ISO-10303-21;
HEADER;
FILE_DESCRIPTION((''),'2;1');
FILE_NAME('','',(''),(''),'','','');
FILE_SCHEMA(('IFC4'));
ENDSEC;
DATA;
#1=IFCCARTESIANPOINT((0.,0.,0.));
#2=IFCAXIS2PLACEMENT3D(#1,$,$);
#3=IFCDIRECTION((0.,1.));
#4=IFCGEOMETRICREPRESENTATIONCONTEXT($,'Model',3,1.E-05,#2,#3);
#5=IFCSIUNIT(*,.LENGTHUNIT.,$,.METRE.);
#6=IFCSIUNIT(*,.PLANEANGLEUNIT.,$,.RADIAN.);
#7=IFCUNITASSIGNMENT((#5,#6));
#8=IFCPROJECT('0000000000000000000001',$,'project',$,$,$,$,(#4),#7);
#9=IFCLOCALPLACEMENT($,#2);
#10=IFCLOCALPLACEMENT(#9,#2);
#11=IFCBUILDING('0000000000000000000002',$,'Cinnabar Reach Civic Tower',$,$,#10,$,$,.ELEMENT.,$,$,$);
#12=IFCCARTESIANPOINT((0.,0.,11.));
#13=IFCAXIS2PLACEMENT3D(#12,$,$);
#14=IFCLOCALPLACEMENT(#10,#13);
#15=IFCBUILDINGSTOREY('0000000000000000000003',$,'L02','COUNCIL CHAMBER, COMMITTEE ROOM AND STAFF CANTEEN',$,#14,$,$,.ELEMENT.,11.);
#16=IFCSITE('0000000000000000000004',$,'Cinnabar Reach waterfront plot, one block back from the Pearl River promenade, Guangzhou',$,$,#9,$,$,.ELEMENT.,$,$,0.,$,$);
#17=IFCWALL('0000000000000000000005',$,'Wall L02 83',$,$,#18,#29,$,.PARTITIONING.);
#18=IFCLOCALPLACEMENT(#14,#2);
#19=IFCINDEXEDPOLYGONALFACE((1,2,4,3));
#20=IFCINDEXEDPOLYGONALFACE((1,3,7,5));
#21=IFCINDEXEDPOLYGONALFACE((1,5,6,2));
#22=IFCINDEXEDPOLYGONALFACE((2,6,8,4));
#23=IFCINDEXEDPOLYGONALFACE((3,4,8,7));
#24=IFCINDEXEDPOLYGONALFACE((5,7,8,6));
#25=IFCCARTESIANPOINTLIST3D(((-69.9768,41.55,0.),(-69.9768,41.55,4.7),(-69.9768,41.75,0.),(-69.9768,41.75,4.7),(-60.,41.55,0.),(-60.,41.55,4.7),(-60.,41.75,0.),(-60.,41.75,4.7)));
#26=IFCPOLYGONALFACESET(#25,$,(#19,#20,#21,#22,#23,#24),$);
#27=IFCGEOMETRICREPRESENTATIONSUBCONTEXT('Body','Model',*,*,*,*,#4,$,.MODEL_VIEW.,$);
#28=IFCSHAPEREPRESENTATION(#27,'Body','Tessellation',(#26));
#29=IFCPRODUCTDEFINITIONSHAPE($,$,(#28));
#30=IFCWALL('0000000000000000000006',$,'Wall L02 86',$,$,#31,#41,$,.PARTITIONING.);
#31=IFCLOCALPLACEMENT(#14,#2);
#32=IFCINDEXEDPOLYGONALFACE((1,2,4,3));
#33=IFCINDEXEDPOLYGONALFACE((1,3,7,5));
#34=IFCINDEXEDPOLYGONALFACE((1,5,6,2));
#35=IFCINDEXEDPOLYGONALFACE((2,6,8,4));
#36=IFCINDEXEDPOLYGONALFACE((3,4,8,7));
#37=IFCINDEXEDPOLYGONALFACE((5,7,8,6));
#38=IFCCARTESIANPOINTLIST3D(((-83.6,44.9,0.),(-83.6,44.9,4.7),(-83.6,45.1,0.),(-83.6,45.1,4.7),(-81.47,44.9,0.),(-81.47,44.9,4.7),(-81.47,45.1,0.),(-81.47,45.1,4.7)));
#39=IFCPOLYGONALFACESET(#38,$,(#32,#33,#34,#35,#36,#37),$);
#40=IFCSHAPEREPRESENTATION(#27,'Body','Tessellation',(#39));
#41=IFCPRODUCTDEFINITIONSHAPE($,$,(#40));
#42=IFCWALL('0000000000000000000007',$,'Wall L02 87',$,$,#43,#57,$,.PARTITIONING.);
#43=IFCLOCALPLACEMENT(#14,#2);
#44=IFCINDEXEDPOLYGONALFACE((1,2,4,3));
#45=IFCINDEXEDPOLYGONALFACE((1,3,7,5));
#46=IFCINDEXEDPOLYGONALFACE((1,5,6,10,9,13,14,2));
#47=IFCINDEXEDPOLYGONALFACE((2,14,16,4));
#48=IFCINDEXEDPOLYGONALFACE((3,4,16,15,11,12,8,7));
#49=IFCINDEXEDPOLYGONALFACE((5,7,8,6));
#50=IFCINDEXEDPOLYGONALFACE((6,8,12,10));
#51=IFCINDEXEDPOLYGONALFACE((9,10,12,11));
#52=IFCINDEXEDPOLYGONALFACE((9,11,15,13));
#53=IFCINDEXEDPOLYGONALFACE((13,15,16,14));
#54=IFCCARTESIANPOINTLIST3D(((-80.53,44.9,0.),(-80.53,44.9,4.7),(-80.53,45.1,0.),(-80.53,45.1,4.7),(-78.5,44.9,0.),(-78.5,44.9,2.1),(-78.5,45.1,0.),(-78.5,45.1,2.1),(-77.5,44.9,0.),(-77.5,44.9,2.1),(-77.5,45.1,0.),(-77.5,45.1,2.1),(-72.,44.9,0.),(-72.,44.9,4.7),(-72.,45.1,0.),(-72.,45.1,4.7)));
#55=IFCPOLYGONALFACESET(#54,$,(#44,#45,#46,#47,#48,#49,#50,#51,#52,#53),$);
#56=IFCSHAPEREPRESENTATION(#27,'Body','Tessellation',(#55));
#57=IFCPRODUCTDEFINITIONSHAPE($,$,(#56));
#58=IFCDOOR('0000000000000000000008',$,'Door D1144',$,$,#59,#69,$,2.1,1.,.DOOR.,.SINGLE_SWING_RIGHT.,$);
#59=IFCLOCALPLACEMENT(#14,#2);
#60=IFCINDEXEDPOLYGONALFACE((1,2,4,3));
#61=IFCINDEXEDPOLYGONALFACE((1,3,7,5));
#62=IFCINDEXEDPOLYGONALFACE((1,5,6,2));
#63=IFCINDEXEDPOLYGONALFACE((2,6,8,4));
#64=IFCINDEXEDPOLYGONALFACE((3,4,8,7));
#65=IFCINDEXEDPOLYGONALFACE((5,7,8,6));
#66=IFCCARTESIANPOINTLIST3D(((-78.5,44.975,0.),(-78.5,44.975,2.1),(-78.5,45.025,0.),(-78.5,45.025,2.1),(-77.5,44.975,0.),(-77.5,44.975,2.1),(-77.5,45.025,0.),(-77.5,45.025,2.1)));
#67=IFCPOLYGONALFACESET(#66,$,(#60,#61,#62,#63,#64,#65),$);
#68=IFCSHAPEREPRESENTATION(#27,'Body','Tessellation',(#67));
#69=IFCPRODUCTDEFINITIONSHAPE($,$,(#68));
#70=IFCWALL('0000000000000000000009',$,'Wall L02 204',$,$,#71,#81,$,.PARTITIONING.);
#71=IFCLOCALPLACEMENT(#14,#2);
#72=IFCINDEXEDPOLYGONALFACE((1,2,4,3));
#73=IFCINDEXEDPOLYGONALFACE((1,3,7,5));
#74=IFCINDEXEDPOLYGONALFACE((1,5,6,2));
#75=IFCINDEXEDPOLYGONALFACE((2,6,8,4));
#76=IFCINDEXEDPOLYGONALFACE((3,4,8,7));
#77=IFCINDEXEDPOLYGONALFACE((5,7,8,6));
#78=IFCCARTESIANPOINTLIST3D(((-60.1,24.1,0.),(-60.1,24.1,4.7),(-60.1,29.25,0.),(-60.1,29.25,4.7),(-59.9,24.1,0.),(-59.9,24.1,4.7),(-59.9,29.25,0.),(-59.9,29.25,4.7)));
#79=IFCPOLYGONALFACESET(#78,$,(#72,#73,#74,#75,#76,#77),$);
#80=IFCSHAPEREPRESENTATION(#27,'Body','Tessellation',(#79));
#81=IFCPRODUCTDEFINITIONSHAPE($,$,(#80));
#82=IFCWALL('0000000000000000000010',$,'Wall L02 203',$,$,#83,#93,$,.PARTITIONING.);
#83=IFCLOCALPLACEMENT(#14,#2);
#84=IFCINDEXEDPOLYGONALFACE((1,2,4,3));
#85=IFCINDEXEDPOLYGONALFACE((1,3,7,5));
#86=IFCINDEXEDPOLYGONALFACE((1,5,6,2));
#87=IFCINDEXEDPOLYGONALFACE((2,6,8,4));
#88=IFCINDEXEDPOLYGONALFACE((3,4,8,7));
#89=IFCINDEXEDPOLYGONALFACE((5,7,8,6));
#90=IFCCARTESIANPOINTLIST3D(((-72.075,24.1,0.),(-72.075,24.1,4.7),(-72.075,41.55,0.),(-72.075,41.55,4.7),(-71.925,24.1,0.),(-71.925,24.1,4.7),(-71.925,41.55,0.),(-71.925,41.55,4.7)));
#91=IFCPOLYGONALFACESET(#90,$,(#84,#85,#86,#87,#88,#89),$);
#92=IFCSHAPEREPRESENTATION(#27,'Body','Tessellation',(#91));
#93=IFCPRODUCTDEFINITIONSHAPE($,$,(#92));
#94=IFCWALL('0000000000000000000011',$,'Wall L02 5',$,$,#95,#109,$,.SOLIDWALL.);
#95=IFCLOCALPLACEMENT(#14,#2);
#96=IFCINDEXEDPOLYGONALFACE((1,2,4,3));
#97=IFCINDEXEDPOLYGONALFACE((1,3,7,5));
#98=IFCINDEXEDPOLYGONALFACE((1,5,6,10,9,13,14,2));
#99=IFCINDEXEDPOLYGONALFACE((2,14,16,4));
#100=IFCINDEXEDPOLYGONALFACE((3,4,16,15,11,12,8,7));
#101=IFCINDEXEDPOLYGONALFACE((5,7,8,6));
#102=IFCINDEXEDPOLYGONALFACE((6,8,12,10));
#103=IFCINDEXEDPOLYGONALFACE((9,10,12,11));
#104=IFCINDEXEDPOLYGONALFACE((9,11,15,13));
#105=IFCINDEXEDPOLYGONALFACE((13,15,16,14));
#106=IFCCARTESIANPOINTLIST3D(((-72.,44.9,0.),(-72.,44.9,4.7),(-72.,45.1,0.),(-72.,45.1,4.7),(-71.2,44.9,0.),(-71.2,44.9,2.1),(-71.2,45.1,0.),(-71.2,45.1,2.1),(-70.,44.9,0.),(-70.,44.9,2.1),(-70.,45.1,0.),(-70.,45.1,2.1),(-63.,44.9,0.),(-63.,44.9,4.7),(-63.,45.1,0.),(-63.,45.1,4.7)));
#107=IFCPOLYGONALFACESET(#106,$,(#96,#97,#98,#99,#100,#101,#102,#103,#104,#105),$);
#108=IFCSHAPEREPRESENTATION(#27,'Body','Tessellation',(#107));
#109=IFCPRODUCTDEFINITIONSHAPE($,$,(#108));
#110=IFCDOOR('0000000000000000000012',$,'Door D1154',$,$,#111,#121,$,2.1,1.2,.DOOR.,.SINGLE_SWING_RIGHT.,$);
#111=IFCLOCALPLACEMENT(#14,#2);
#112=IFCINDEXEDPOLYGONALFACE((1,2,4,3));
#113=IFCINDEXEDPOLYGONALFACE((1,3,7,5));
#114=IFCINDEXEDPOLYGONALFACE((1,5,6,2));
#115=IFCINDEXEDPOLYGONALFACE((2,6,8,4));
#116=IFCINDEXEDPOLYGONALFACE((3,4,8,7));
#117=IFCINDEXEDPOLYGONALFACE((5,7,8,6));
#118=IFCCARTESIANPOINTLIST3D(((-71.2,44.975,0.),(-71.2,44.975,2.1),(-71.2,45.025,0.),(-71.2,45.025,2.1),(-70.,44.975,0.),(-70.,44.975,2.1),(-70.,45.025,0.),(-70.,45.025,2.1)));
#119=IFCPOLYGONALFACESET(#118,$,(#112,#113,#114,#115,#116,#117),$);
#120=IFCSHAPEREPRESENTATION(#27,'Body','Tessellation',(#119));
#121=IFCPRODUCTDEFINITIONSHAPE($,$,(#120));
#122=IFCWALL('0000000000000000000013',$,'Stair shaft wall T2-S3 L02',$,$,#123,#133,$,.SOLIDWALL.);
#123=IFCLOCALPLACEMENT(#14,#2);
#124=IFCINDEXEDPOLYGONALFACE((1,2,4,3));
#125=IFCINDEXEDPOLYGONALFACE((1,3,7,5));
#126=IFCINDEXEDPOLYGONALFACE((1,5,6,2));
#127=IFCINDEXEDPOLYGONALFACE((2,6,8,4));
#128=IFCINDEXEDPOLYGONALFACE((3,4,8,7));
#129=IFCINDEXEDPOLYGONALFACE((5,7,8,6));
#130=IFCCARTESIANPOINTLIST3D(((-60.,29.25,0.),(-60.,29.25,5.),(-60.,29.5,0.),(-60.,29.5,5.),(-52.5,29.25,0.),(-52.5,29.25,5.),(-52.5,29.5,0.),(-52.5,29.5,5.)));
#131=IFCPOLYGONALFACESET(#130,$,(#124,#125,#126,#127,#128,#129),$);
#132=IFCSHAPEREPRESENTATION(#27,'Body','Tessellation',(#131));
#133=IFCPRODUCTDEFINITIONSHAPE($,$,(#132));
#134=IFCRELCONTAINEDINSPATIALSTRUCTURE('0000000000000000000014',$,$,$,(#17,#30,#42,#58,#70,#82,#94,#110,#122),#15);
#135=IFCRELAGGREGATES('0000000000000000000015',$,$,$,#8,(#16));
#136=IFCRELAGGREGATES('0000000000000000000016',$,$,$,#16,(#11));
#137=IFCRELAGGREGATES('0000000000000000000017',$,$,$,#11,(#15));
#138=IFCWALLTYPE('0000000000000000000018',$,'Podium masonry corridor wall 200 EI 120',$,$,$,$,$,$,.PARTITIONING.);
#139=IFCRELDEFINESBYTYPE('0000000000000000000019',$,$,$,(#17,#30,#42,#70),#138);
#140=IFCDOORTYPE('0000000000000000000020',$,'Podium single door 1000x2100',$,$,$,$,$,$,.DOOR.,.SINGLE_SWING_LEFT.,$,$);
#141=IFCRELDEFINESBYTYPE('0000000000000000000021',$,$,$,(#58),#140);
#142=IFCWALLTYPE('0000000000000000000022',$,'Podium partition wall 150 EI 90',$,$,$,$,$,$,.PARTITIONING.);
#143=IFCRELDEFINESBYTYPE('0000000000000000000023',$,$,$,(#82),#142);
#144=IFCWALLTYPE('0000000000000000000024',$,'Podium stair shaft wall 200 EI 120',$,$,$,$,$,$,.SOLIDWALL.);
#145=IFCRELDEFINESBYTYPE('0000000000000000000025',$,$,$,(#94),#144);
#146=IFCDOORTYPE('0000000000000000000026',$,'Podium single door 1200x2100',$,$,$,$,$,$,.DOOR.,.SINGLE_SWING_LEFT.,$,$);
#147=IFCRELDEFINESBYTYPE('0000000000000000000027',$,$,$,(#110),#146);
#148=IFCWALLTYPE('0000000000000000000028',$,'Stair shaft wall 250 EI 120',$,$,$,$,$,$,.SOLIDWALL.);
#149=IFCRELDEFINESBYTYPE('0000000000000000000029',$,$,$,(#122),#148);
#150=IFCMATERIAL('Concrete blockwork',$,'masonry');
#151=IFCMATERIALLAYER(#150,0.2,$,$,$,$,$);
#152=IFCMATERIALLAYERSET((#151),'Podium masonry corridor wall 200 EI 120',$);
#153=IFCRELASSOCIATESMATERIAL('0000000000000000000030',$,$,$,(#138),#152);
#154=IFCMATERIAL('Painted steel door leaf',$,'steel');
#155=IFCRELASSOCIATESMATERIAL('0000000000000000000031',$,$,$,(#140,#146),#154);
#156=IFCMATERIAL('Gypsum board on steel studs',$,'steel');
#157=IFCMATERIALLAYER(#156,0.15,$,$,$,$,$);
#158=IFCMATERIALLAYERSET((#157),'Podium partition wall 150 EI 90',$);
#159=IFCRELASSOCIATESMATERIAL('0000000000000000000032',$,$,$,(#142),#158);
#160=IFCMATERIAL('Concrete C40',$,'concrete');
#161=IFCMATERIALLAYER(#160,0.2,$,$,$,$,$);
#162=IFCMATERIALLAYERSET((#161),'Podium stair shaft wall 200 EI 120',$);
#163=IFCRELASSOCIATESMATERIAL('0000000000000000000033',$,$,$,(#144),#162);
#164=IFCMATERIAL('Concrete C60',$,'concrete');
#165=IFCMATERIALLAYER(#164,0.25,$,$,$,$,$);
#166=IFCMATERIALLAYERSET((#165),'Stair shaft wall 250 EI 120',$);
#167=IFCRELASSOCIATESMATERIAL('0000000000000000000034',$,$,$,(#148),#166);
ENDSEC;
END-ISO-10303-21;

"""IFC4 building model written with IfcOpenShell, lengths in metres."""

from ifc_helpers import new_model, si_unit, direction, frame, frame_2d, origin, place, context, subcontext, project, spatial, rectangle, extrude, material, layer, layer_set, type_object, element, fill, save


model = new_model("IFC4")

# Units and contexts
model_context = context("Model", 3, precision=1e-05, world=origin(), true_north=direction((0.0, 1.0)))
body_context = subcontext(model_context, "Body", "Model", "MODEL_VIEW")
ifc_project = project(units=[si_unit("LENGTHUNIT", "METRE"), si_unit("PLANEANGLEUNIT", "RADIAN")], contexts=[model_context])

# Site, building, storey
site_placement = place(None, origin())
site = spatial("IfcSite", under=ifc_project, at=site_placement, Name="Cinnabar Reach waterfront plot, one block back from the Pearl River promenade, Guangzhou", CompositionType="ELEMENT", RefElevation=0.0)
building_placement = place(site_placement, origin())
building = spatial("IfcBuilding", under=site, at=building_placement, Name="Cinnabar Reach Civic Tower", CompositionType="ELEMENT")
storey_placement = place(building_placement, frame((0.0, 0.0, 11.0)))
storey = spatial("IfcBuildingStorey", under=building, at=storey_placement, Name="L02", Description="COUNCIL CHAMBER, COMMITTEE ROOM AND STAFF CANTEEN", CompositionType="ELEMENT", Elevation=11.0)

# Shared definitions
ifc_material_1 = material(Name="Concrete C60", Category="concrete")

# Shared definitions
ifc_material_2 = material(Name="Concrete blockwork", Category="masonry")
ifc_layer_1 = layer(ifc_material_2, 0.2)
ifc_layer_set_1 = layer_set([ifc_layer_1], Name="Podium masonry corridor wall 200 EI 120")
wall_type_1 = type_object("IfcWallType", Name="Podium masonry corridor wall 200 EI 120", PredefinedType="PARTITIONING", material=ifc_layer_set_1)
ifc_material_3 = material(Name="Painted steel door leaf", Category="steel")
door_type_1 = type_object("IfcDoorType", Name="Podium single door 1000x2100", OperationType="SINGLE_SWING_LEFT", PredefinedType="DOOR", material=ifc_material_3)

# Walls
wall_1_placement = place(storey_placement, frame((-69.9769, 41.65, 0.0), z_axis=(0.0, 0.0, 1.0), x_axis=(1.0, 0.0, 0.0)))
element("IfcWall", 1, at=wall_1_placement, inside=storey, type_object=wall_type_1, Name="Wall L02 83", PredefinedType="PARTITIONING", context=body_context, shape_type="SweptSolid", body=[
    extrude(rectangle(XDim=9.9769, YDim=0.2, at=frame_2d((4.9885, 0.0))), origin(), (0.0, 0.0, 1.0), 4.7),
])
wall_2_placement = place(storey_placement, frame((-83.6, 45.0, 0.0), z_axis=(0.0, 0.0, 1.0), x_axis=(1.0, 0.0, 0.0)))
element("IfcWall", 2, at=wall_2_placement, inside=storey, type_object=wall_type_1, Name="Wall L02 86", PredefinedType="PARTITIONING", context=body_context, shape_type="SweptSolid", body=[
    extrude(rectangle(XDim=2.13, YDim=0.2, at=frame_2d((1.065, 0.0))), origin(), (0.0, 0.0, 1.0), 4.7),
])

# Wall, opening, door
wall_3_placement = place(storey_placement, frame((-80.53, 45.0, 0.0), z_axis=(0.0, 0.0, 1.0), x_axis=(1.0, 0.0, 0.0)))
wall_3 = element("IfcWall", 3, at=wall_3_placement, inside=storey, type_object=wall_type_1, Name="Wall L02 87", PredefinedType="PARTITIONING", context=body_context, shape_type="SweptSolid", body=[
    extrude(rectangle(XDim=8.53, YDim=0.2, at=frame_2d((4.265, 0.0))), origin(), (0.0, 0.0, 1.0), 4.7),
])
opening_1_placement = place(wall_3_placement, frame((2.03, 0.0, 0.0)))
opening_1 = element("IfcOpeningElement", 4, at=opening_1_placement, cuts=wall_3, PredefinedType="OPENING", context=body_context, shape_type="SweptSolid", body=[
    extrude(rectangle(XDim=1.0, YDim=2.1, at=frame_2d((0.5, 1.05))), frame((0.0, 0.11, 0.0), z_axis=(0.0, -1.0, 0.0), x_axis=(1.0, 0.0, 0.0)), (0.0, 0.0, 1.0), 0.22),
])
door_1_placement = place(opening_1_placement, origin())
door_1 = element("IfcDoor", 5, at=door_1_placement, inside=storey, type_object=door_type_1, Name="Door D1144", OperationType="SINGLE_SWING_RIGHT", OverallHeight=2.1, OverallWidth=1.0, PredefinedType="DOOR", context=body_context, shape_type="SweptSolid", body=[
    extrude(rectangle(XDim=1.0, YDim=2.1, at=frame_2d((0.5, 1.05))), frame((0.0, 0.025, 0.0), z_axis=(0.0, -1.0, 0.0), x_axis=(1.0, 0.0, 0.0)), (0.0, 0.0, 1.0), 0.05),
])
fill(opening_1, door_1)

# Walls
wall_4_placement = place(storey_placement, frame((-60.0, 24.1, 0.0), z_axis=(0.0, 0.0, 1.0), x_axis=(0.0, 1.0, 0.0)))
element("IfcWall", 6, at=wall_4_placement, inside=storey, type_object=wall_type_1, Name="Wall L02 204", PredefinedType="PARTITIONING", context=body_context, shape_type="SweptSolid", body=[
    extrude(rectangle(XDim=5.15, YDim=0.2, at=frame_2d((2.575, 0.0))), origin(), (0.0, 0.0, 1.0), 4.7),
])
ifc_material_4 = material(Name="Gypsum board on steel studs", Category="steel")
ifc_layer_2 = layer(ifc_material_4, 0.15)
ifc_layer_set_2 = layer_set([ifc_layer_2], Name="Podium partition wall 150 EI 90")
wall_type_2 = type_object("IfcWallType", Name="Podium partition wall 150 EI 90", PredefinedType="PARTITIONING", material=ifc_layer_set_2)
wall_5_placement = place(storey_placement, frame((-72.0, 24.1, 0.0), z_axis=(0.0, 0.0, 1.0), x_axis=(0.0, 1.0, 0.0)))
element("IfcWall", 7, at=wall_5_placement, inside=storey, type_object=wall_type_2, Name="Wall L02 203", PredefinedType="PARTITIONING", context=body_context, shape_type="SweptSolid", body=[
    extrude(rectangle(XDim=17.45, YDim=0.15, at=frame_2d((8.725, 0.0))), origin(), (0.0, 0.0, 1.0), 4.7),
])

# Wall, opening, door
ifc_material_5 = material(Name="Concrete C40", Category="concrete")
ifc_layer_3 = layer(ifc_material_5, 0.2)
ifc_layer_set_3 = layer_set([ifc_layer_3], Name="Podium stair shaft wall 200 EI 120")
wall_type_3 = type_object("IfcWallType", Name="Podium stair shaft wall 200 EI 120", PredefinedType="SOLIDWALL", material=ifc_layer_set_3)
wall_6_placement = place(storey_placement, frame((-72.0, 45.0, 0.0), z_axis=(0.0, 0.0, 1.0), x_axis=(1.0, 0.0, 0.0)))
wall_6 = element("IfcWall", 8, at=wall_6_placement, inside=storey, type_object=wall_type_3, Name="Wall L02 5", PredefinedType="SOLIDWALL", context=body_context, shape_type="SweptSolid", body=[
    extrude(rectangle(XDim=9.0, YDim=0.2, at=frame_2d((4.5, 0.0))), origin(), (0.0, 0.0, 1.0), 4.7),
])
opening_2_placement = place(wall_6_placement, frame((0.8, 0.0, 0.0)))
opening_2 = element("IfcOpeningElement", 9, at=opening_2_placement, cuts=wall_6, PredefinedType="OPENING", context=body_context, shape_type="SweptSolid", body=[
    extrude(rectangle(XDim=1.2, YDim=2.1, at=frame_2d((0.6, 1.05))), frame((0.0, 0.11, 0.0), z_axis=(0.0, -1.0, 0.0), x_axis=(1.0, 0.0, 0.0)), (0.0, 0.0, 1.0), 0.22),
])
door_type_2 = type_object("IfcDoorType", Name="Podium single door 1200x2100", OperationType="SINGLE_SWING_LEFT", PredefinedType="DOOR", material=ifc_material_3)
door_2_placement = place(opening_2_placement, origin())
door_2 = element("IfcDoor", 10, at=door_2_placement, inside=storey, type_object=door_type_2, Name="Door D1154", OperationType="SINGLE_SWING_RIGHT", OverallHeight=2.1, OverallWidth=1.2, PredefinedType="DOOR", context=body_context, shape_type="SweptSolid", body=[
    extrude(rectangle(XDim=1.2, YDim=2.1, at=frame_2d((0.6, 1.05))), frame((0.0, 0.025, 0.0), z_axis=(0.0, -1.0, 0.0), x_axis=(1.0, 0.0, 0.0)), (0.0, 0.0, 1.0), 0.05),
])
fill(opening_2, door_2)

# Wall
ifc_layer_4 = layer(ifc_material_1, 0.25)
ifc_layer_set_4 = layer_set([ifc_layer_4], Name="Stair shaft wall 250 EI 120")
wall_type_4 = type_object("IfcWallType", Name="Stair shaft wall 250 EI 120", PredefinedType="SOLIDWALL", material=ifc_layer_set_4)
wall_7_placement = place(storey_placement, frame((-60.0, 29.375, 0.0), z_axis=(0.0, 0.0, 1.0), x_axis=(1.0, 0.0, 0.0)))
element("IfcWall", 11, at=wall_7_placement, inside=storey, type_object=wall_type_4, Name="Stair shaft wall T2-S3 L02", PredefinedType="SOLIDWALL", context=body_context, shape_type="SweptSolid", body=[
    extrude(rectangle(XDim=7.5, YDim=0.25, at=frame_2d((3.75, 0.0))), origin(), (0.0, 0.0, 1.0), 5.0),
])

save(model, "model.ifc")
